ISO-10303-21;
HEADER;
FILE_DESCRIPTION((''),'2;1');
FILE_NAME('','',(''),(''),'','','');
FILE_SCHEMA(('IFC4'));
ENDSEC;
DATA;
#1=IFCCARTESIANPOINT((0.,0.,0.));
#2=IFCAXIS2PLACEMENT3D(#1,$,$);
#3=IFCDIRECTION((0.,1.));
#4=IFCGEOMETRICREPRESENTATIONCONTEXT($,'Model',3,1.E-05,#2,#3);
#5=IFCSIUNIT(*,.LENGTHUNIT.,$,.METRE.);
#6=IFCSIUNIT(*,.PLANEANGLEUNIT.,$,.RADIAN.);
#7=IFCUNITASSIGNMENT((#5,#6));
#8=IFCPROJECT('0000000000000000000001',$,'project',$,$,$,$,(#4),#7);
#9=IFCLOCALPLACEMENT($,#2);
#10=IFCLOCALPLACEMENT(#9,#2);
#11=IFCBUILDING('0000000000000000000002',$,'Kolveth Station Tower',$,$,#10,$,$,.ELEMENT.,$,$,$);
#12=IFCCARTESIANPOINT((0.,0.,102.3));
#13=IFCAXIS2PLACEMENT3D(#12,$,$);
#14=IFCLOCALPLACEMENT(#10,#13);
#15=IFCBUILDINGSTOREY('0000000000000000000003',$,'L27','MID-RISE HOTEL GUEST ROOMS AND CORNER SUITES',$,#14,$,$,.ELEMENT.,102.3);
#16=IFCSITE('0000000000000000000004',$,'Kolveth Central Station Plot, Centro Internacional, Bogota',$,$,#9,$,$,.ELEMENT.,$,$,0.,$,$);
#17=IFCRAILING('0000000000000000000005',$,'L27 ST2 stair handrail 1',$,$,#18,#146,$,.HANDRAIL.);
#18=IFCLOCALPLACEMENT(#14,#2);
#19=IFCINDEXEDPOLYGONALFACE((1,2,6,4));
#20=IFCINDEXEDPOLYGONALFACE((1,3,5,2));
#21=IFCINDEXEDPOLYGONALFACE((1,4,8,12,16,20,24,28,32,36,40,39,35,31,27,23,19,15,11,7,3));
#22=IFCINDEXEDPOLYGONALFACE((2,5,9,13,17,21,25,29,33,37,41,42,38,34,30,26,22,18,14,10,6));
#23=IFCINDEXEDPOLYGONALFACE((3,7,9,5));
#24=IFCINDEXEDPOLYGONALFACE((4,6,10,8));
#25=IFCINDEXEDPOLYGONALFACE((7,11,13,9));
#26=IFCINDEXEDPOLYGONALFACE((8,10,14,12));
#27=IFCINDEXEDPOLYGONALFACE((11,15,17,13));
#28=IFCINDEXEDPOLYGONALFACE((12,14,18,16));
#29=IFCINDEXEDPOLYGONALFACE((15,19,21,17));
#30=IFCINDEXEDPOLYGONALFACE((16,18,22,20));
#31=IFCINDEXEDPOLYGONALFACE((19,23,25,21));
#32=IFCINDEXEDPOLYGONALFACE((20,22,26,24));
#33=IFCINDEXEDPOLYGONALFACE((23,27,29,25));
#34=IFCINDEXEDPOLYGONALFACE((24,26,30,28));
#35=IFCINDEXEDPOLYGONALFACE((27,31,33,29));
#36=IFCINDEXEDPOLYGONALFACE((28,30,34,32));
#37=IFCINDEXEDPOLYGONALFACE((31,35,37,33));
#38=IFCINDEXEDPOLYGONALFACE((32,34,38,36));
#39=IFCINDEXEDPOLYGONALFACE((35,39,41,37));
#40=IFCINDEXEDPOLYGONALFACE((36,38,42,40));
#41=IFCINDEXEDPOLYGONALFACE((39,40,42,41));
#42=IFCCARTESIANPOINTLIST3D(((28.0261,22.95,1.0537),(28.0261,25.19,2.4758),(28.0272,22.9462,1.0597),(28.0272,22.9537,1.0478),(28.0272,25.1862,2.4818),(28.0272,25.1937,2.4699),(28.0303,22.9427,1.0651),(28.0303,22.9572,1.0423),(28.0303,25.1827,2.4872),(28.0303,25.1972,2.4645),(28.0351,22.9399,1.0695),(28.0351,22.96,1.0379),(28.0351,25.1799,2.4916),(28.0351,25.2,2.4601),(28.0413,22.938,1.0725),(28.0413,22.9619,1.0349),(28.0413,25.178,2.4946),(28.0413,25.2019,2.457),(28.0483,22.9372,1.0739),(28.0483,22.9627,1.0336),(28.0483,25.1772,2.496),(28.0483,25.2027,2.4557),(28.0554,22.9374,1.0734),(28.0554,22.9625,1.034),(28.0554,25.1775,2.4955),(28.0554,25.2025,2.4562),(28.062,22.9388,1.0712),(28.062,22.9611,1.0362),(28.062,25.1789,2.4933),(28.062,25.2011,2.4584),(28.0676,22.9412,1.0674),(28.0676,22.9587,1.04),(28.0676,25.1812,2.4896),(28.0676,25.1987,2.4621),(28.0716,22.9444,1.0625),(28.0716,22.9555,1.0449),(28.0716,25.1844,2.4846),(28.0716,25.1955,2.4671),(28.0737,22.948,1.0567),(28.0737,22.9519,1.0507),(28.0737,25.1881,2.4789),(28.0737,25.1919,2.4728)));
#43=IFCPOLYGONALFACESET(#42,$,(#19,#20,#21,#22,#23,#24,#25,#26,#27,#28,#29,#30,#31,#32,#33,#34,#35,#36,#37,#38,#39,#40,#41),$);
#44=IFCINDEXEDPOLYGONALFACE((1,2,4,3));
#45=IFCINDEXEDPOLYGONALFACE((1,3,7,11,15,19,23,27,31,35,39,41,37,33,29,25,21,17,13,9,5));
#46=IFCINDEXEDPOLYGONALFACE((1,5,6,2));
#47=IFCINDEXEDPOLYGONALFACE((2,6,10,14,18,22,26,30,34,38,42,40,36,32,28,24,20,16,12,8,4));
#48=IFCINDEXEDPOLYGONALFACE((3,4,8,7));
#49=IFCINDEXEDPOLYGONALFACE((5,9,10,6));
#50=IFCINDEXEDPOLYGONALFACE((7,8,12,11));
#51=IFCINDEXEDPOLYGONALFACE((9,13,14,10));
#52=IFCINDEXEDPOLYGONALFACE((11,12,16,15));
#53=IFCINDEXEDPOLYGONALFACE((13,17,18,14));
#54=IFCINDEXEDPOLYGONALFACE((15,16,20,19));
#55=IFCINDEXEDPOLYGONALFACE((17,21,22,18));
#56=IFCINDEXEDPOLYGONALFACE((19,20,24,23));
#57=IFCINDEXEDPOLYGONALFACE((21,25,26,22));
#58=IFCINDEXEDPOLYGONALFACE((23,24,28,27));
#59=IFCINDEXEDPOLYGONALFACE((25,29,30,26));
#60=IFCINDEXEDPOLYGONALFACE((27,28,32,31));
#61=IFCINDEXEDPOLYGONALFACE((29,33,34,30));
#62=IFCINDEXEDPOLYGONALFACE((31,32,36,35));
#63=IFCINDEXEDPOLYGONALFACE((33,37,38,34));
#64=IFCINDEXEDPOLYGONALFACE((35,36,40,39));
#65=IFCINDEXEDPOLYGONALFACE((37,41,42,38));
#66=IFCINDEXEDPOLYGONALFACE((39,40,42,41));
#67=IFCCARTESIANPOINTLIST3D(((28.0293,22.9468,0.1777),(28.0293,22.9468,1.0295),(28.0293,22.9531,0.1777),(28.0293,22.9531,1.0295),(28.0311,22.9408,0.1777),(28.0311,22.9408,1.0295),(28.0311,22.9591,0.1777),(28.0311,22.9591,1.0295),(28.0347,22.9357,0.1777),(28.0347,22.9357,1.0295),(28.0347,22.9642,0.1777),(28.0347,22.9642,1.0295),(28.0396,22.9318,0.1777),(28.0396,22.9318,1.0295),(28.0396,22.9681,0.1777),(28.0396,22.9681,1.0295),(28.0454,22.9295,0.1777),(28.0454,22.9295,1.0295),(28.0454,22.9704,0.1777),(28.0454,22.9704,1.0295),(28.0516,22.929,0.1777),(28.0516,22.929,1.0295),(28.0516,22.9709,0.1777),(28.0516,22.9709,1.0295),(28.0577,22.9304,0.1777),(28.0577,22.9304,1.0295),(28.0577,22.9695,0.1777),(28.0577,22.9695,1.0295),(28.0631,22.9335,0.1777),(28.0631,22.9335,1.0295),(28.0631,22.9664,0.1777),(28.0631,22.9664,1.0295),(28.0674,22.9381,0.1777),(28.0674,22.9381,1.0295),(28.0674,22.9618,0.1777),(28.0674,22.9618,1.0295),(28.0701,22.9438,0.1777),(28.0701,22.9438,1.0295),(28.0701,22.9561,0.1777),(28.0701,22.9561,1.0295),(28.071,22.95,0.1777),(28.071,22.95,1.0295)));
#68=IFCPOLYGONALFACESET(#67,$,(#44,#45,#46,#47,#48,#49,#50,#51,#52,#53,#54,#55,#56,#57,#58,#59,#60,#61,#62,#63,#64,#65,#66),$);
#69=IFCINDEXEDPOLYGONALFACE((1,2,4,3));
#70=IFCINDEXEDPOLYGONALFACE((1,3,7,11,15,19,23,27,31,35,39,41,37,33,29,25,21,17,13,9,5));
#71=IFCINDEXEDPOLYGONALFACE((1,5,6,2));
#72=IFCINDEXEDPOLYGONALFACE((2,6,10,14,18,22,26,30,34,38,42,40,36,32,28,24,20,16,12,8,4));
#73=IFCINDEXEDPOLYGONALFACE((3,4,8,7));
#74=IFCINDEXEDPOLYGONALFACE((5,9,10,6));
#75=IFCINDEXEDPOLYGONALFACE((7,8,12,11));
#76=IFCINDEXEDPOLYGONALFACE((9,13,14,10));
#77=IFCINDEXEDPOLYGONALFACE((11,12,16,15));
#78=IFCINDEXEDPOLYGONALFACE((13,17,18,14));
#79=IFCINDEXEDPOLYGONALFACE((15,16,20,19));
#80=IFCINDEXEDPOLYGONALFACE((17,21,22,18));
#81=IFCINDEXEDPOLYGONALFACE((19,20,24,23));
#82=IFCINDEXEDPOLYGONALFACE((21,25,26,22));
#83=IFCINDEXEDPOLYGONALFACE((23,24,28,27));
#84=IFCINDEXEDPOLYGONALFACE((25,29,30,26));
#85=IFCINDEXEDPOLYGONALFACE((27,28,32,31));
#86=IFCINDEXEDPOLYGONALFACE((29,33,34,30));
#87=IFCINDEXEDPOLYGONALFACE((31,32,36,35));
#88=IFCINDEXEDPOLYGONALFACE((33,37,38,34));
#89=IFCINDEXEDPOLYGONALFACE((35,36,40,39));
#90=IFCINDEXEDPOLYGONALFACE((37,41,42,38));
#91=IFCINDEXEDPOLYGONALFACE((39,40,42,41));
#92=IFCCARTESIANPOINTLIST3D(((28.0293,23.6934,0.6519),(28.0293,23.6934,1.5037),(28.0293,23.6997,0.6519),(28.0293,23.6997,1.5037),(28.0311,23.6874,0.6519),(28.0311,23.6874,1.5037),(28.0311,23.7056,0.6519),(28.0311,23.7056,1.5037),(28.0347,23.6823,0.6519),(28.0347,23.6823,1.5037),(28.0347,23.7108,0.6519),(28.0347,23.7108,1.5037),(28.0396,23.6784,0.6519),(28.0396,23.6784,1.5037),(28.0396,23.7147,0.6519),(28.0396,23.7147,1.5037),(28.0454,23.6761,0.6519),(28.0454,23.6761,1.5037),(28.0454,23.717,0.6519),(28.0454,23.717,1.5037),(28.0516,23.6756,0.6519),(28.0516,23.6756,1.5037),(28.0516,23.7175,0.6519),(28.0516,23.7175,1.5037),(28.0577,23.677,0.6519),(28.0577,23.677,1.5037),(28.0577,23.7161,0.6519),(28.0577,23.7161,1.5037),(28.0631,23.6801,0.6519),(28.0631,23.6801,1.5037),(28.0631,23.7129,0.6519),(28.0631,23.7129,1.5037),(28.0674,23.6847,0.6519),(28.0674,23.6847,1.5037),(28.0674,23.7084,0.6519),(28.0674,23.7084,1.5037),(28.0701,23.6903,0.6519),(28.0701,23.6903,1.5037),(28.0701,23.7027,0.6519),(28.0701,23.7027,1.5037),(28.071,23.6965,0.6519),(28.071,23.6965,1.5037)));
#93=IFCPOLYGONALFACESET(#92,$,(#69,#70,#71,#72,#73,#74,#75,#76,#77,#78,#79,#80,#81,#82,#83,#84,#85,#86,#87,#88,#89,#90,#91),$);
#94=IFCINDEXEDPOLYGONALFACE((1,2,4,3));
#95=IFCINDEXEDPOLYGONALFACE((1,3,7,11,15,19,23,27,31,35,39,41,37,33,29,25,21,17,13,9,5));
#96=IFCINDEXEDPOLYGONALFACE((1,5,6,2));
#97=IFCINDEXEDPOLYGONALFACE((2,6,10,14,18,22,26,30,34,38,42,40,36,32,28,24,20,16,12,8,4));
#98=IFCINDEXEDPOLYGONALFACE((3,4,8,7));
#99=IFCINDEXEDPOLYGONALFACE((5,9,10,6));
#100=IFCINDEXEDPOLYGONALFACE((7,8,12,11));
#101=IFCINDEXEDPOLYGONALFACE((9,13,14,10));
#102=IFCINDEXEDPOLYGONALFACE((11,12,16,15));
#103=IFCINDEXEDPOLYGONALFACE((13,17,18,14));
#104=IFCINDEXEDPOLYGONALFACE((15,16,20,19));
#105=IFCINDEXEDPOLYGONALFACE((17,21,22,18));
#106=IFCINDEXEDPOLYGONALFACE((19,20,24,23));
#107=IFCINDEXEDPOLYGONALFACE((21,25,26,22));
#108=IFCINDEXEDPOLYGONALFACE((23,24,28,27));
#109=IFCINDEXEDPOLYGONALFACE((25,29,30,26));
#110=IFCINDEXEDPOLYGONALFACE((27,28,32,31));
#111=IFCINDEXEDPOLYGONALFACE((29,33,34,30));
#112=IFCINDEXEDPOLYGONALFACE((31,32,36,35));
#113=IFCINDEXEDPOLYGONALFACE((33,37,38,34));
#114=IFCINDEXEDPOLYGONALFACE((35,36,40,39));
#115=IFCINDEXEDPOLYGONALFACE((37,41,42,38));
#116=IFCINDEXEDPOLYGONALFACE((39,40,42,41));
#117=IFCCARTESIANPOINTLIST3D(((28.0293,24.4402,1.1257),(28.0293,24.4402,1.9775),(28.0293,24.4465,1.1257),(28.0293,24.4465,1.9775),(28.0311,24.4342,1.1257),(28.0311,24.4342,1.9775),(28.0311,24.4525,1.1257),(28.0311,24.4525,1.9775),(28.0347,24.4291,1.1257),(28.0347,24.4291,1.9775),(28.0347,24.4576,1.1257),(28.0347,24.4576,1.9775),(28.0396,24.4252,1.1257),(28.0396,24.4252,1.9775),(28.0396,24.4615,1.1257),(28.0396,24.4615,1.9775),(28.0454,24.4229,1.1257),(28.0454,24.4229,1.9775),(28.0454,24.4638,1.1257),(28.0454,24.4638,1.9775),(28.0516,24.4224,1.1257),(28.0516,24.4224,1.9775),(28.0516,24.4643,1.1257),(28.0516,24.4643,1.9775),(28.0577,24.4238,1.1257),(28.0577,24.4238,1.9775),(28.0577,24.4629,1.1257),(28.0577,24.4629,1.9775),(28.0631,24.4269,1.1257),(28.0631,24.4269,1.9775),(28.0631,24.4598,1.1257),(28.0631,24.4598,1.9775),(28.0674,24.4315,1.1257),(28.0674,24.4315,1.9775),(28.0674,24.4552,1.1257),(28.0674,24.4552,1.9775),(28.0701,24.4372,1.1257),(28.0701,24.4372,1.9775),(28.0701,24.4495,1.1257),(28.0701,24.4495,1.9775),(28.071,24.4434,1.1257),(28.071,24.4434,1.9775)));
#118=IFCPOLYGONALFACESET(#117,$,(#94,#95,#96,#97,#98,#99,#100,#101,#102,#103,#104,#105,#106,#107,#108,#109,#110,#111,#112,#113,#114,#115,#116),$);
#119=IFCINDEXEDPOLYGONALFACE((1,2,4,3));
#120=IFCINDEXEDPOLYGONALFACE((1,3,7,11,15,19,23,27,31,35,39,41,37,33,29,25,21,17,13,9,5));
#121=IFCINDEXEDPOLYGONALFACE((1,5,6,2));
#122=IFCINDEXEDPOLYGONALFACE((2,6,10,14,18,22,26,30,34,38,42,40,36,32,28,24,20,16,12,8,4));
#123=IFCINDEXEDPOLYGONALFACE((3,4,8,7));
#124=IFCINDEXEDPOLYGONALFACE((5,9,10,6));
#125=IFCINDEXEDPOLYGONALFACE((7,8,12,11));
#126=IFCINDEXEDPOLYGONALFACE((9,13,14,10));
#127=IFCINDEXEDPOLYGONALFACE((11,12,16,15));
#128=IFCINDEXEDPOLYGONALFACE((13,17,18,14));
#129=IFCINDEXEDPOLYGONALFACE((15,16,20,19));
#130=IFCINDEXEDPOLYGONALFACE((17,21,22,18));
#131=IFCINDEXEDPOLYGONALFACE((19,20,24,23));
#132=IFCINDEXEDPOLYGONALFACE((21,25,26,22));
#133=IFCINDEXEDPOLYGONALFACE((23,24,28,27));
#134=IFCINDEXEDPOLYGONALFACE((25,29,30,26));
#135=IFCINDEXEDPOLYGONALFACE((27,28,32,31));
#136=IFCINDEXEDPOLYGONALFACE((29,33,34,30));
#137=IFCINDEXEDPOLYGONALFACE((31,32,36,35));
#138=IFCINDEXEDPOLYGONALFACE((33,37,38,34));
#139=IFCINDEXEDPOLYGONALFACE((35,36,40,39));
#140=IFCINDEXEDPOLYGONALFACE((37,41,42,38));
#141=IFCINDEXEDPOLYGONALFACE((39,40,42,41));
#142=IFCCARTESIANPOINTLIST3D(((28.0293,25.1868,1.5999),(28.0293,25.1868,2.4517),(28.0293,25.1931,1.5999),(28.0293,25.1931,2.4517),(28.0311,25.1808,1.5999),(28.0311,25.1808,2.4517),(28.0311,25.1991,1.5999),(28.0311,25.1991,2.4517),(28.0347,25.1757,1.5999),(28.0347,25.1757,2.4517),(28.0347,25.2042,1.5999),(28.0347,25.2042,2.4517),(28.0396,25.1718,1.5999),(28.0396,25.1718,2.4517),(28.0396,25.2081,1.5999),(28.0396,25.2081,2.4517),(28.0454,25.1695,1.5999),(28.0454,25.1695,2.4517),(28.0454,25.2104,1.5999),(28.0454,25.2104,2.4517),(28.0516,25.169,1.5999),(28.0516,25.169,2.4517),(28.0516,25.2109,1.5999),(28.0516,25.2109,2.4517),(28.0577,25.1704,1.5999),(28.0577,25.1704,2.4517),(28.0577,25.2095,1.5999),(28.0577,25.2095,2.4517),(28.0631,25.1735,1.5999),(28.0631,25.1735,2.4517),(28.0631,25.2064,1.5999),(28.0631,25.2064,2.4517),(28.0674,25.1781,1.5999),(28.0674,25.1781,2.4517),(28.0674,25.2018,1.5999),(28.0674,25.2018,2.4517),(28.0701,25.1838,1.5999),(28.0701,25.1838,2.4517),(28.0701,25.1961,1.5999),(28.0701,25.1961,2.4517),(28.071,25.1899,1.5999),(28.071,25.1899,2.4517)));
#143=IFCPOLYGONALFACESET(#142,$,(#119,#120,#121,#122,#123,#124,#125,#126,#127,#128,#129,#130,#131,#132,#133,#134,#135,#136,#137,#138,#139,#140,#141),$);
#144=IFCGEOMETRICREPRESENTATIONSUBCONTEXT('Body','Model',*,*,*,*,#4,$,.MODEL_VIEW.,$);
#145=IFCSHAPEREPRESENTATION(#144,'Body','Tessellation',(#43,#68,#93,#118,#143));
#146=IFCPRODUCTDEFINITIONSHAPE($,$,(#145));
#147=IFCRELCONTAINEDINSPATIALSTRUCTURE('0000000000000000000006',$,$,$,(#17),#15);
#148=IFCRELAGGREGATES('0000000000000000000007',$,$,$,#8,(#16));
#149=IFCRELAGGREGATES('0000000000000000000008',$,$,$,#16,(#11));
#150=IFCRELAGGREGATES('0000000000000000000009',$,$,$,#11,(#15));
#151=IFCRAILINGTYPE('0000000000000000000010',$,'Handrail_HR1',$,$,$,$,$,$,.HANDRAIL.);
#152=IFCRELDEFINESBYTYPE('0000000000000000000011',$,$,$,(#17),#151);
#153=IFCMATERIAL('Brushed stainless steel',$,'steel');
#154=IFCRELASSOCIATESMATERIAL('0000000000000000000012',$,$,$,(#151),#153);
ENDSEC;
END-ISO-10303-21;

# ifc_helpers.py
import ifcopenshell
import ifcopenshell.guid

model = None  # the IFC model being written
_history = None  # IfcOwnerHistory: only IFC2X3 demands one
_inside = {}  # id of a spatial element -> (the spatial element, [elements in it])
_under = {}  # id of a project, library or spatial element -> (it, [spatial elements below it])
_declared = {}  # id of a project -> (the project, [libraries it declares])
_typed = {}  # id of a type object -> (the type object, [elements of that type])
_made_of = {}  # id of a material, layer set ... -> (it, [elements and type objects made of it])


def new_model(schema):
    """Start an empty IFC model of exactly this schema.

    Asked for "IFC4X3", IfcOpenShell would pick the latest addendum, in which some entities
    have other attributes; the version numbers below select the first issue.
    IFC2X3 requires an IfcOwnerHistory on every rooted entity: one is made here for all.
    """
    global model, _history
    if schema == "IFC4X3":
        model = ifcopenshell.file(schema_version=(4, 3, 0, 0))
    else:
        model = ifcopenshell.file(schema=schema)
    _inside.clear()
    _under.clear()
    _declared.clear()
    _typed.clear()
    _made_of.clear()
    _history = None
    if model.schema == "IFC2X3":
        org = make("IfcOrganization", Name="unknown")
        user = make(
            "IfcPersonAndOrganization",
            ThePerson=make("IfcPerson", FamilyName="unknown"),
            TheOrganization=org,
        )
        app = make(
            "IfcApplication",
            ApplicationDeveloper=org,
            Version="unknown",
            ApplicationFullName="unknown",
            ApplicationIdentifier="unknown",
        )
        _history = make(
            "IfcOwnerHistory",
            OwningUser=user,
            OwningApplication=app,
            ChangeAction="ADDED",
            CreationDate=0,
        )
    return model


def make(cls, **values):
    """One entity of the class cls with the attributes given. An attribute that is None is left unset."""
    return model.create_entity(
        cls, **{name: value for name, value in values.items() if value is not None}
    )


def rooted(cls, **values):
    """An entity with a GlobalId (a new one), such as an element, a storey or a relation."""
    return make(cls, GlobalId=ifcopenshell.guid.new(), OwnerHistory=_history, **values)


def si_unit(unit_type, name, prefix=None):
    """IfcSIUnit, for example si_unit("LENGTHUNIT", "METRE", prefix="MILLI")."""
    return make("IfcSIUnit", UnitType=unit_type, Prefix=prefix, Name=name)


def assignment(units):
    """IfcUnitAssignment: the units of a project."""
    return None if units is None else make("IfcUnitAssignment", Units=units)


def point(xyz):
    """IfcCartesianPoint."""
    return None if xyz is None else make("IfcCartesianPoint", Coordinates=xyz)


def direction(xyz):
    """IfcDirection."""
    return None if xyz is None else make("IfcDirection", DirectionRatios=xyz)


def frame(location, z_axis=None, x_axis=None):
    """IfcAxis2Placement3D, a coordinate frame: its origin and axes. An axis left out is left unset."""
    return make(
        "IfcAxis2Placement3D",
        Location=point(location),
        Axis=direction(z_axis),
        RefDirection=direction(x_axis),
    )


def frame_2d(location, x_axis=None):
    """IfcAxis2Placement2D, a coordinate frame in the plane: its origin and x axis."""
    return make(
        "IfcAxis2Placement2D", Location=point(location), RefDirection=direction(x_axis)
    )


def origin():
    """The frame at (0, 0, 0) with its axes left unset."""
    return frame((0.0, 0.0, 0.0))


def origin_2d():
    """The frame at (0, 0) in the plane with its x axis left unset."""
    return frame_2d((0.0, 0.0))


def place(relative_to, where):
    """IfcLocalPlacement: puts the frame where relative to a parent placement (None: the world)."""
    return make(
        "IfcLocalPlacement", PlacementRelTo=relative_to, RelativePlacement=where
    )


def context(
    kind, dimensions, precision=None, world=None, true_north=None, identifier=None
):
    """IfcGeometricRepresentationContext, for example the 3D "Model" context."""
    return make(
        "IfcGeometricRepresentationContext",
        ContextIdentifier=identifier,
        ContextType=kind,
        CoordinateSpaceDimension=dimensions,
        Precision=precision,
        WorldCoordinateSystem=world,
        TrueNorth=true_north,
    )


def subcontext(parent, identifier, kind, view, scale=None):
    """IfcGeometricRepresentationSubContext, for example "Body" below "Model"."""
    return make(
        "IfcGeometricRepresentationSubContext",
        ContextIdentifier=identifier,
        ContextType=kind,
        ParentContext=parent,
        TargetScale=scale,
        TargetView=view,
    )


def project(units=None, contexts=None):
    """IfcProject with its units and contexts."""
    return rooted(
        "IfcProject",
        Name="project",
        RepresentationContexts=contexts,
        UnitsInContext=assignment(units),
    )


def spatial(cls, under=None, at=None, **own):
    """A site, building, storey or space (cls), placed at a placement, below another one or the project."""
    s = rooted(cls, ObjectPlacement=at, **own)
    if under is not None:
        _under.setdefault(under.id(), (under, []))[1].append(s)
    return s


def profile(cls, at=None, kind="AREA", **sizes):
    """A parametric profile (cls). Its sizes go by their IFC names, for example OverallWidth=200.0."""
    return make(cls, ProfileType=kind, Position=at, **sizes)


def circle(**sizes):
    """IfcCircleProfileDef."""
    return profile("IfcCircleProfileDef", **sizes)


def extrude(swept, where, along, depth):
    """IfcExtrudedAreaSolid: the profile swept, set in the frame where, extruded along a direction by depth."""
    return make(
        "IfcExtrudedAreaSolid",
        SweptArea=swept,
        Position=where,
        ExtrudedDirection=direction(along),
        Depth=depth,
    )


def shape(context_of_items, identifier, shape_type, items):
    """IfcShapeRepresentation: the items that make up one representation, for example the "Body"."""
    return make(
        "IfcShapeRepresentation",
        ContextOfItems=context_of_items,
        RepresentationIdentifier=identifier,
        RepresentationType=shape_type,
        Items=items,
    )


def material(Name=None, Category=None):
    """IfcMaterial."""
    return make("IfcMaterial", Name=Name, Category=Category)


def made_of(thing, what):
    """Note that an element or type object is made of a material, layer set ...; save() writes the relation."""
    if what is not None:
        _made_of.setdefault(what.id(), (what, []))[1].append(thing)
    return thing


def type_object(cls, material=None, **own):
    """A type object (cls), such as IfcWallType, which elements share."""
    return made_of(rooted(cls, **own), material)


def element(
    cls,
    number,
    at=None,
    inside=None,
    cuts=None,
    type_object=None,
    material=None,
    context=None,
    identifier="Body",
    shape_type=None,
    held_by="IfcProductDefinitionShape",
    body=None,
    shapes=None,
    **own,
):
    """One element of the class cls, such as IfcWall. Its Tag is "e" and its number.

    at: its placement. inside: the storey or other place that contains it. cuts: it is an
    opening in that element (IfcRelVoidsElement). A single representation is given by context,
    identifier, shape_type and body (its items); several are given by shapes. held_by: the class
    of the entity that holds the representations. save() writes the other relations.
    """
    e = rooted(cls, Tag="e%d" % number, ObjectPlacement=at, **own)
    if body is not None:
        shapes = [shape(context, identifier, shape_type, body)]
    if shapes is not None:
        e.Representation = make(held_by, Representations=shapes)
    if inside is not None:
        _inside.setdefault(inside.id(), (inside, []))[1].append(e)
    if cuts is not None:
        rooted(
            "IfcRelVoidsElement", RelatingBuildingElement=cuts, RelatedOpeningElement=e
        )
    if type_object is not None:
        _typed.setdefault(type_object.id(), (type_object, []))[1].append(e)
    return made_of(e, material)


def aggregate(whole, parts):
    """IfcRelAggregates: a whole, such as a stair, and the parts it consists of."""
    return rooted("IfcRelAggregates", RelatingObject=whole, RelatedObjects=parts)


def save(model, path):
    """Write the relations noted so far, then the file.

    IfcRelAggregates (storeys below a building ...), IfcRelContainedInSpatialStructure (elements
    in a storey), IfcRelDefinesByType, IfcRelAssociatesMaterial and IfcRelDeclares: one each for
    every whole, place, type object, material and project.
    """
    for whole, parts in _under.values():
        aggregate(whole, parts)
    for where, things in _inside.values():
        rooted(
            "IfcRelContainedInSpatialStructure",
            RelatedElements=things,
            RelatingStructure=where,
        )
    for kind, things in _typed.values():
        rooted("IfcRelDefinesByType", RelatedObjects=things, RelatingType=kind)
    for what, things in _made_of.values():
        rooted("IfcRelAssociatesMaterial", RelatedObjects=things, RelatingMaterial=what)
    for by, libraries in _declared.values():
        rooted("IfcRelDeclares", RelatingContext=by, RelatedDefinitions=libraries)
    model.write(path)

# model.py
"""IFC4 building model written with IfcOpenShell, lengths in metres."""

from ifc_helpers import new_model, si_unit, direction, frame, origin, origin_2d, place, context, subcontext, project, spatial, circle, extrude, material, type_object, element, save


model = new_model("IFC4")

# Units and contexts
model_context = context("Model", 3, precision=1e-05, world=origin(), true_north=direction((0.0, 1.0)))
body_context = subcontext(model_context, "Body", "Model", "MODEL_VIEW")
ifc_project = project(units=[si_unit("LENGTHUNIT", "METRE"), si_unit("PLANEANGLEUNIT", "RADIAN")], contexts=[model_context])

# Site, building, storey
site_placement = place(None, origin())
site = spatial("IfcSite", under=ifc_project, at=site_placement, Name="Kolveth Central Station Plot, Centro Internacional, Bogota", CompositionType="ELEMENT", RefElevation=0.0)
building_placement = place(site_placement, origin())
building = spatial("IfcBuilding", under=site, at=building_placement, Name="Kolveth Station Tower", CompositionType="ELEMENT")
storey_placement = place(building_placement, frame((0.0, 0.0, 102.3)))
storey = spatial("IfcBuildingStorey", under=building, at=storey_placement, Name="L27", Description="MID-RISE HOTEL GUEST ROOMS AND CORNER SUITES", CompositionType="ELEMENT", Elevation=102.3)

# Railing
ifc_material_1 = material(Name="Brushed stainless steel", Category="steel")
railing_type_1 = type_object("IfcRailingType", Name="Handrail_HR1", PredefinedType="HANDRAIL", material=ifc_material_1)
railing_1_placement = place(storey_placement, frame((28.05, 22.95, 0.1777)))
element("IfcRailing", 1, at=railing_1_placement, inside=storey, type_object=railing_type_1, Name="L27 ST2 stair handrail 1", PredefinedType="HANDRAIL", context=body_context, shape_type="SweptSolid", body=[
    extrude(circle(Radius=0.0239, at=origin_2d()), frame((0.0, 0.0, 0.876), z_axis=(0.0, 0.844229, 0.535982), x_axis=(-1.0, 0.0, 0.0)), (0.0, 0.0, 1.0), 2.6533),
    extrude(circle(Radius=0.021, at=origin_2d()), origin(), (0.0, 0.0, 1.0), 0.8518),
    extrude(circle(Radius=0.021, at=origin_2d()), frame((0.0, 0.7466, 0.4741)), (0.0, 0.0, 1.0), 0.8518),
    extrude(circle(Radius=0.021, at=origin_2d()), frame((0.0, 1.4934, 0.948)), (0.0, 0.0, 1.0), 0.8518),
    extrude(circle(Radius=0.021, at=origin_2d()), frame((0.0, 2.24, 1.4221)), (0.0, 0.0, 1.0), 0.8518),
])

save(model, "model.ifc")
